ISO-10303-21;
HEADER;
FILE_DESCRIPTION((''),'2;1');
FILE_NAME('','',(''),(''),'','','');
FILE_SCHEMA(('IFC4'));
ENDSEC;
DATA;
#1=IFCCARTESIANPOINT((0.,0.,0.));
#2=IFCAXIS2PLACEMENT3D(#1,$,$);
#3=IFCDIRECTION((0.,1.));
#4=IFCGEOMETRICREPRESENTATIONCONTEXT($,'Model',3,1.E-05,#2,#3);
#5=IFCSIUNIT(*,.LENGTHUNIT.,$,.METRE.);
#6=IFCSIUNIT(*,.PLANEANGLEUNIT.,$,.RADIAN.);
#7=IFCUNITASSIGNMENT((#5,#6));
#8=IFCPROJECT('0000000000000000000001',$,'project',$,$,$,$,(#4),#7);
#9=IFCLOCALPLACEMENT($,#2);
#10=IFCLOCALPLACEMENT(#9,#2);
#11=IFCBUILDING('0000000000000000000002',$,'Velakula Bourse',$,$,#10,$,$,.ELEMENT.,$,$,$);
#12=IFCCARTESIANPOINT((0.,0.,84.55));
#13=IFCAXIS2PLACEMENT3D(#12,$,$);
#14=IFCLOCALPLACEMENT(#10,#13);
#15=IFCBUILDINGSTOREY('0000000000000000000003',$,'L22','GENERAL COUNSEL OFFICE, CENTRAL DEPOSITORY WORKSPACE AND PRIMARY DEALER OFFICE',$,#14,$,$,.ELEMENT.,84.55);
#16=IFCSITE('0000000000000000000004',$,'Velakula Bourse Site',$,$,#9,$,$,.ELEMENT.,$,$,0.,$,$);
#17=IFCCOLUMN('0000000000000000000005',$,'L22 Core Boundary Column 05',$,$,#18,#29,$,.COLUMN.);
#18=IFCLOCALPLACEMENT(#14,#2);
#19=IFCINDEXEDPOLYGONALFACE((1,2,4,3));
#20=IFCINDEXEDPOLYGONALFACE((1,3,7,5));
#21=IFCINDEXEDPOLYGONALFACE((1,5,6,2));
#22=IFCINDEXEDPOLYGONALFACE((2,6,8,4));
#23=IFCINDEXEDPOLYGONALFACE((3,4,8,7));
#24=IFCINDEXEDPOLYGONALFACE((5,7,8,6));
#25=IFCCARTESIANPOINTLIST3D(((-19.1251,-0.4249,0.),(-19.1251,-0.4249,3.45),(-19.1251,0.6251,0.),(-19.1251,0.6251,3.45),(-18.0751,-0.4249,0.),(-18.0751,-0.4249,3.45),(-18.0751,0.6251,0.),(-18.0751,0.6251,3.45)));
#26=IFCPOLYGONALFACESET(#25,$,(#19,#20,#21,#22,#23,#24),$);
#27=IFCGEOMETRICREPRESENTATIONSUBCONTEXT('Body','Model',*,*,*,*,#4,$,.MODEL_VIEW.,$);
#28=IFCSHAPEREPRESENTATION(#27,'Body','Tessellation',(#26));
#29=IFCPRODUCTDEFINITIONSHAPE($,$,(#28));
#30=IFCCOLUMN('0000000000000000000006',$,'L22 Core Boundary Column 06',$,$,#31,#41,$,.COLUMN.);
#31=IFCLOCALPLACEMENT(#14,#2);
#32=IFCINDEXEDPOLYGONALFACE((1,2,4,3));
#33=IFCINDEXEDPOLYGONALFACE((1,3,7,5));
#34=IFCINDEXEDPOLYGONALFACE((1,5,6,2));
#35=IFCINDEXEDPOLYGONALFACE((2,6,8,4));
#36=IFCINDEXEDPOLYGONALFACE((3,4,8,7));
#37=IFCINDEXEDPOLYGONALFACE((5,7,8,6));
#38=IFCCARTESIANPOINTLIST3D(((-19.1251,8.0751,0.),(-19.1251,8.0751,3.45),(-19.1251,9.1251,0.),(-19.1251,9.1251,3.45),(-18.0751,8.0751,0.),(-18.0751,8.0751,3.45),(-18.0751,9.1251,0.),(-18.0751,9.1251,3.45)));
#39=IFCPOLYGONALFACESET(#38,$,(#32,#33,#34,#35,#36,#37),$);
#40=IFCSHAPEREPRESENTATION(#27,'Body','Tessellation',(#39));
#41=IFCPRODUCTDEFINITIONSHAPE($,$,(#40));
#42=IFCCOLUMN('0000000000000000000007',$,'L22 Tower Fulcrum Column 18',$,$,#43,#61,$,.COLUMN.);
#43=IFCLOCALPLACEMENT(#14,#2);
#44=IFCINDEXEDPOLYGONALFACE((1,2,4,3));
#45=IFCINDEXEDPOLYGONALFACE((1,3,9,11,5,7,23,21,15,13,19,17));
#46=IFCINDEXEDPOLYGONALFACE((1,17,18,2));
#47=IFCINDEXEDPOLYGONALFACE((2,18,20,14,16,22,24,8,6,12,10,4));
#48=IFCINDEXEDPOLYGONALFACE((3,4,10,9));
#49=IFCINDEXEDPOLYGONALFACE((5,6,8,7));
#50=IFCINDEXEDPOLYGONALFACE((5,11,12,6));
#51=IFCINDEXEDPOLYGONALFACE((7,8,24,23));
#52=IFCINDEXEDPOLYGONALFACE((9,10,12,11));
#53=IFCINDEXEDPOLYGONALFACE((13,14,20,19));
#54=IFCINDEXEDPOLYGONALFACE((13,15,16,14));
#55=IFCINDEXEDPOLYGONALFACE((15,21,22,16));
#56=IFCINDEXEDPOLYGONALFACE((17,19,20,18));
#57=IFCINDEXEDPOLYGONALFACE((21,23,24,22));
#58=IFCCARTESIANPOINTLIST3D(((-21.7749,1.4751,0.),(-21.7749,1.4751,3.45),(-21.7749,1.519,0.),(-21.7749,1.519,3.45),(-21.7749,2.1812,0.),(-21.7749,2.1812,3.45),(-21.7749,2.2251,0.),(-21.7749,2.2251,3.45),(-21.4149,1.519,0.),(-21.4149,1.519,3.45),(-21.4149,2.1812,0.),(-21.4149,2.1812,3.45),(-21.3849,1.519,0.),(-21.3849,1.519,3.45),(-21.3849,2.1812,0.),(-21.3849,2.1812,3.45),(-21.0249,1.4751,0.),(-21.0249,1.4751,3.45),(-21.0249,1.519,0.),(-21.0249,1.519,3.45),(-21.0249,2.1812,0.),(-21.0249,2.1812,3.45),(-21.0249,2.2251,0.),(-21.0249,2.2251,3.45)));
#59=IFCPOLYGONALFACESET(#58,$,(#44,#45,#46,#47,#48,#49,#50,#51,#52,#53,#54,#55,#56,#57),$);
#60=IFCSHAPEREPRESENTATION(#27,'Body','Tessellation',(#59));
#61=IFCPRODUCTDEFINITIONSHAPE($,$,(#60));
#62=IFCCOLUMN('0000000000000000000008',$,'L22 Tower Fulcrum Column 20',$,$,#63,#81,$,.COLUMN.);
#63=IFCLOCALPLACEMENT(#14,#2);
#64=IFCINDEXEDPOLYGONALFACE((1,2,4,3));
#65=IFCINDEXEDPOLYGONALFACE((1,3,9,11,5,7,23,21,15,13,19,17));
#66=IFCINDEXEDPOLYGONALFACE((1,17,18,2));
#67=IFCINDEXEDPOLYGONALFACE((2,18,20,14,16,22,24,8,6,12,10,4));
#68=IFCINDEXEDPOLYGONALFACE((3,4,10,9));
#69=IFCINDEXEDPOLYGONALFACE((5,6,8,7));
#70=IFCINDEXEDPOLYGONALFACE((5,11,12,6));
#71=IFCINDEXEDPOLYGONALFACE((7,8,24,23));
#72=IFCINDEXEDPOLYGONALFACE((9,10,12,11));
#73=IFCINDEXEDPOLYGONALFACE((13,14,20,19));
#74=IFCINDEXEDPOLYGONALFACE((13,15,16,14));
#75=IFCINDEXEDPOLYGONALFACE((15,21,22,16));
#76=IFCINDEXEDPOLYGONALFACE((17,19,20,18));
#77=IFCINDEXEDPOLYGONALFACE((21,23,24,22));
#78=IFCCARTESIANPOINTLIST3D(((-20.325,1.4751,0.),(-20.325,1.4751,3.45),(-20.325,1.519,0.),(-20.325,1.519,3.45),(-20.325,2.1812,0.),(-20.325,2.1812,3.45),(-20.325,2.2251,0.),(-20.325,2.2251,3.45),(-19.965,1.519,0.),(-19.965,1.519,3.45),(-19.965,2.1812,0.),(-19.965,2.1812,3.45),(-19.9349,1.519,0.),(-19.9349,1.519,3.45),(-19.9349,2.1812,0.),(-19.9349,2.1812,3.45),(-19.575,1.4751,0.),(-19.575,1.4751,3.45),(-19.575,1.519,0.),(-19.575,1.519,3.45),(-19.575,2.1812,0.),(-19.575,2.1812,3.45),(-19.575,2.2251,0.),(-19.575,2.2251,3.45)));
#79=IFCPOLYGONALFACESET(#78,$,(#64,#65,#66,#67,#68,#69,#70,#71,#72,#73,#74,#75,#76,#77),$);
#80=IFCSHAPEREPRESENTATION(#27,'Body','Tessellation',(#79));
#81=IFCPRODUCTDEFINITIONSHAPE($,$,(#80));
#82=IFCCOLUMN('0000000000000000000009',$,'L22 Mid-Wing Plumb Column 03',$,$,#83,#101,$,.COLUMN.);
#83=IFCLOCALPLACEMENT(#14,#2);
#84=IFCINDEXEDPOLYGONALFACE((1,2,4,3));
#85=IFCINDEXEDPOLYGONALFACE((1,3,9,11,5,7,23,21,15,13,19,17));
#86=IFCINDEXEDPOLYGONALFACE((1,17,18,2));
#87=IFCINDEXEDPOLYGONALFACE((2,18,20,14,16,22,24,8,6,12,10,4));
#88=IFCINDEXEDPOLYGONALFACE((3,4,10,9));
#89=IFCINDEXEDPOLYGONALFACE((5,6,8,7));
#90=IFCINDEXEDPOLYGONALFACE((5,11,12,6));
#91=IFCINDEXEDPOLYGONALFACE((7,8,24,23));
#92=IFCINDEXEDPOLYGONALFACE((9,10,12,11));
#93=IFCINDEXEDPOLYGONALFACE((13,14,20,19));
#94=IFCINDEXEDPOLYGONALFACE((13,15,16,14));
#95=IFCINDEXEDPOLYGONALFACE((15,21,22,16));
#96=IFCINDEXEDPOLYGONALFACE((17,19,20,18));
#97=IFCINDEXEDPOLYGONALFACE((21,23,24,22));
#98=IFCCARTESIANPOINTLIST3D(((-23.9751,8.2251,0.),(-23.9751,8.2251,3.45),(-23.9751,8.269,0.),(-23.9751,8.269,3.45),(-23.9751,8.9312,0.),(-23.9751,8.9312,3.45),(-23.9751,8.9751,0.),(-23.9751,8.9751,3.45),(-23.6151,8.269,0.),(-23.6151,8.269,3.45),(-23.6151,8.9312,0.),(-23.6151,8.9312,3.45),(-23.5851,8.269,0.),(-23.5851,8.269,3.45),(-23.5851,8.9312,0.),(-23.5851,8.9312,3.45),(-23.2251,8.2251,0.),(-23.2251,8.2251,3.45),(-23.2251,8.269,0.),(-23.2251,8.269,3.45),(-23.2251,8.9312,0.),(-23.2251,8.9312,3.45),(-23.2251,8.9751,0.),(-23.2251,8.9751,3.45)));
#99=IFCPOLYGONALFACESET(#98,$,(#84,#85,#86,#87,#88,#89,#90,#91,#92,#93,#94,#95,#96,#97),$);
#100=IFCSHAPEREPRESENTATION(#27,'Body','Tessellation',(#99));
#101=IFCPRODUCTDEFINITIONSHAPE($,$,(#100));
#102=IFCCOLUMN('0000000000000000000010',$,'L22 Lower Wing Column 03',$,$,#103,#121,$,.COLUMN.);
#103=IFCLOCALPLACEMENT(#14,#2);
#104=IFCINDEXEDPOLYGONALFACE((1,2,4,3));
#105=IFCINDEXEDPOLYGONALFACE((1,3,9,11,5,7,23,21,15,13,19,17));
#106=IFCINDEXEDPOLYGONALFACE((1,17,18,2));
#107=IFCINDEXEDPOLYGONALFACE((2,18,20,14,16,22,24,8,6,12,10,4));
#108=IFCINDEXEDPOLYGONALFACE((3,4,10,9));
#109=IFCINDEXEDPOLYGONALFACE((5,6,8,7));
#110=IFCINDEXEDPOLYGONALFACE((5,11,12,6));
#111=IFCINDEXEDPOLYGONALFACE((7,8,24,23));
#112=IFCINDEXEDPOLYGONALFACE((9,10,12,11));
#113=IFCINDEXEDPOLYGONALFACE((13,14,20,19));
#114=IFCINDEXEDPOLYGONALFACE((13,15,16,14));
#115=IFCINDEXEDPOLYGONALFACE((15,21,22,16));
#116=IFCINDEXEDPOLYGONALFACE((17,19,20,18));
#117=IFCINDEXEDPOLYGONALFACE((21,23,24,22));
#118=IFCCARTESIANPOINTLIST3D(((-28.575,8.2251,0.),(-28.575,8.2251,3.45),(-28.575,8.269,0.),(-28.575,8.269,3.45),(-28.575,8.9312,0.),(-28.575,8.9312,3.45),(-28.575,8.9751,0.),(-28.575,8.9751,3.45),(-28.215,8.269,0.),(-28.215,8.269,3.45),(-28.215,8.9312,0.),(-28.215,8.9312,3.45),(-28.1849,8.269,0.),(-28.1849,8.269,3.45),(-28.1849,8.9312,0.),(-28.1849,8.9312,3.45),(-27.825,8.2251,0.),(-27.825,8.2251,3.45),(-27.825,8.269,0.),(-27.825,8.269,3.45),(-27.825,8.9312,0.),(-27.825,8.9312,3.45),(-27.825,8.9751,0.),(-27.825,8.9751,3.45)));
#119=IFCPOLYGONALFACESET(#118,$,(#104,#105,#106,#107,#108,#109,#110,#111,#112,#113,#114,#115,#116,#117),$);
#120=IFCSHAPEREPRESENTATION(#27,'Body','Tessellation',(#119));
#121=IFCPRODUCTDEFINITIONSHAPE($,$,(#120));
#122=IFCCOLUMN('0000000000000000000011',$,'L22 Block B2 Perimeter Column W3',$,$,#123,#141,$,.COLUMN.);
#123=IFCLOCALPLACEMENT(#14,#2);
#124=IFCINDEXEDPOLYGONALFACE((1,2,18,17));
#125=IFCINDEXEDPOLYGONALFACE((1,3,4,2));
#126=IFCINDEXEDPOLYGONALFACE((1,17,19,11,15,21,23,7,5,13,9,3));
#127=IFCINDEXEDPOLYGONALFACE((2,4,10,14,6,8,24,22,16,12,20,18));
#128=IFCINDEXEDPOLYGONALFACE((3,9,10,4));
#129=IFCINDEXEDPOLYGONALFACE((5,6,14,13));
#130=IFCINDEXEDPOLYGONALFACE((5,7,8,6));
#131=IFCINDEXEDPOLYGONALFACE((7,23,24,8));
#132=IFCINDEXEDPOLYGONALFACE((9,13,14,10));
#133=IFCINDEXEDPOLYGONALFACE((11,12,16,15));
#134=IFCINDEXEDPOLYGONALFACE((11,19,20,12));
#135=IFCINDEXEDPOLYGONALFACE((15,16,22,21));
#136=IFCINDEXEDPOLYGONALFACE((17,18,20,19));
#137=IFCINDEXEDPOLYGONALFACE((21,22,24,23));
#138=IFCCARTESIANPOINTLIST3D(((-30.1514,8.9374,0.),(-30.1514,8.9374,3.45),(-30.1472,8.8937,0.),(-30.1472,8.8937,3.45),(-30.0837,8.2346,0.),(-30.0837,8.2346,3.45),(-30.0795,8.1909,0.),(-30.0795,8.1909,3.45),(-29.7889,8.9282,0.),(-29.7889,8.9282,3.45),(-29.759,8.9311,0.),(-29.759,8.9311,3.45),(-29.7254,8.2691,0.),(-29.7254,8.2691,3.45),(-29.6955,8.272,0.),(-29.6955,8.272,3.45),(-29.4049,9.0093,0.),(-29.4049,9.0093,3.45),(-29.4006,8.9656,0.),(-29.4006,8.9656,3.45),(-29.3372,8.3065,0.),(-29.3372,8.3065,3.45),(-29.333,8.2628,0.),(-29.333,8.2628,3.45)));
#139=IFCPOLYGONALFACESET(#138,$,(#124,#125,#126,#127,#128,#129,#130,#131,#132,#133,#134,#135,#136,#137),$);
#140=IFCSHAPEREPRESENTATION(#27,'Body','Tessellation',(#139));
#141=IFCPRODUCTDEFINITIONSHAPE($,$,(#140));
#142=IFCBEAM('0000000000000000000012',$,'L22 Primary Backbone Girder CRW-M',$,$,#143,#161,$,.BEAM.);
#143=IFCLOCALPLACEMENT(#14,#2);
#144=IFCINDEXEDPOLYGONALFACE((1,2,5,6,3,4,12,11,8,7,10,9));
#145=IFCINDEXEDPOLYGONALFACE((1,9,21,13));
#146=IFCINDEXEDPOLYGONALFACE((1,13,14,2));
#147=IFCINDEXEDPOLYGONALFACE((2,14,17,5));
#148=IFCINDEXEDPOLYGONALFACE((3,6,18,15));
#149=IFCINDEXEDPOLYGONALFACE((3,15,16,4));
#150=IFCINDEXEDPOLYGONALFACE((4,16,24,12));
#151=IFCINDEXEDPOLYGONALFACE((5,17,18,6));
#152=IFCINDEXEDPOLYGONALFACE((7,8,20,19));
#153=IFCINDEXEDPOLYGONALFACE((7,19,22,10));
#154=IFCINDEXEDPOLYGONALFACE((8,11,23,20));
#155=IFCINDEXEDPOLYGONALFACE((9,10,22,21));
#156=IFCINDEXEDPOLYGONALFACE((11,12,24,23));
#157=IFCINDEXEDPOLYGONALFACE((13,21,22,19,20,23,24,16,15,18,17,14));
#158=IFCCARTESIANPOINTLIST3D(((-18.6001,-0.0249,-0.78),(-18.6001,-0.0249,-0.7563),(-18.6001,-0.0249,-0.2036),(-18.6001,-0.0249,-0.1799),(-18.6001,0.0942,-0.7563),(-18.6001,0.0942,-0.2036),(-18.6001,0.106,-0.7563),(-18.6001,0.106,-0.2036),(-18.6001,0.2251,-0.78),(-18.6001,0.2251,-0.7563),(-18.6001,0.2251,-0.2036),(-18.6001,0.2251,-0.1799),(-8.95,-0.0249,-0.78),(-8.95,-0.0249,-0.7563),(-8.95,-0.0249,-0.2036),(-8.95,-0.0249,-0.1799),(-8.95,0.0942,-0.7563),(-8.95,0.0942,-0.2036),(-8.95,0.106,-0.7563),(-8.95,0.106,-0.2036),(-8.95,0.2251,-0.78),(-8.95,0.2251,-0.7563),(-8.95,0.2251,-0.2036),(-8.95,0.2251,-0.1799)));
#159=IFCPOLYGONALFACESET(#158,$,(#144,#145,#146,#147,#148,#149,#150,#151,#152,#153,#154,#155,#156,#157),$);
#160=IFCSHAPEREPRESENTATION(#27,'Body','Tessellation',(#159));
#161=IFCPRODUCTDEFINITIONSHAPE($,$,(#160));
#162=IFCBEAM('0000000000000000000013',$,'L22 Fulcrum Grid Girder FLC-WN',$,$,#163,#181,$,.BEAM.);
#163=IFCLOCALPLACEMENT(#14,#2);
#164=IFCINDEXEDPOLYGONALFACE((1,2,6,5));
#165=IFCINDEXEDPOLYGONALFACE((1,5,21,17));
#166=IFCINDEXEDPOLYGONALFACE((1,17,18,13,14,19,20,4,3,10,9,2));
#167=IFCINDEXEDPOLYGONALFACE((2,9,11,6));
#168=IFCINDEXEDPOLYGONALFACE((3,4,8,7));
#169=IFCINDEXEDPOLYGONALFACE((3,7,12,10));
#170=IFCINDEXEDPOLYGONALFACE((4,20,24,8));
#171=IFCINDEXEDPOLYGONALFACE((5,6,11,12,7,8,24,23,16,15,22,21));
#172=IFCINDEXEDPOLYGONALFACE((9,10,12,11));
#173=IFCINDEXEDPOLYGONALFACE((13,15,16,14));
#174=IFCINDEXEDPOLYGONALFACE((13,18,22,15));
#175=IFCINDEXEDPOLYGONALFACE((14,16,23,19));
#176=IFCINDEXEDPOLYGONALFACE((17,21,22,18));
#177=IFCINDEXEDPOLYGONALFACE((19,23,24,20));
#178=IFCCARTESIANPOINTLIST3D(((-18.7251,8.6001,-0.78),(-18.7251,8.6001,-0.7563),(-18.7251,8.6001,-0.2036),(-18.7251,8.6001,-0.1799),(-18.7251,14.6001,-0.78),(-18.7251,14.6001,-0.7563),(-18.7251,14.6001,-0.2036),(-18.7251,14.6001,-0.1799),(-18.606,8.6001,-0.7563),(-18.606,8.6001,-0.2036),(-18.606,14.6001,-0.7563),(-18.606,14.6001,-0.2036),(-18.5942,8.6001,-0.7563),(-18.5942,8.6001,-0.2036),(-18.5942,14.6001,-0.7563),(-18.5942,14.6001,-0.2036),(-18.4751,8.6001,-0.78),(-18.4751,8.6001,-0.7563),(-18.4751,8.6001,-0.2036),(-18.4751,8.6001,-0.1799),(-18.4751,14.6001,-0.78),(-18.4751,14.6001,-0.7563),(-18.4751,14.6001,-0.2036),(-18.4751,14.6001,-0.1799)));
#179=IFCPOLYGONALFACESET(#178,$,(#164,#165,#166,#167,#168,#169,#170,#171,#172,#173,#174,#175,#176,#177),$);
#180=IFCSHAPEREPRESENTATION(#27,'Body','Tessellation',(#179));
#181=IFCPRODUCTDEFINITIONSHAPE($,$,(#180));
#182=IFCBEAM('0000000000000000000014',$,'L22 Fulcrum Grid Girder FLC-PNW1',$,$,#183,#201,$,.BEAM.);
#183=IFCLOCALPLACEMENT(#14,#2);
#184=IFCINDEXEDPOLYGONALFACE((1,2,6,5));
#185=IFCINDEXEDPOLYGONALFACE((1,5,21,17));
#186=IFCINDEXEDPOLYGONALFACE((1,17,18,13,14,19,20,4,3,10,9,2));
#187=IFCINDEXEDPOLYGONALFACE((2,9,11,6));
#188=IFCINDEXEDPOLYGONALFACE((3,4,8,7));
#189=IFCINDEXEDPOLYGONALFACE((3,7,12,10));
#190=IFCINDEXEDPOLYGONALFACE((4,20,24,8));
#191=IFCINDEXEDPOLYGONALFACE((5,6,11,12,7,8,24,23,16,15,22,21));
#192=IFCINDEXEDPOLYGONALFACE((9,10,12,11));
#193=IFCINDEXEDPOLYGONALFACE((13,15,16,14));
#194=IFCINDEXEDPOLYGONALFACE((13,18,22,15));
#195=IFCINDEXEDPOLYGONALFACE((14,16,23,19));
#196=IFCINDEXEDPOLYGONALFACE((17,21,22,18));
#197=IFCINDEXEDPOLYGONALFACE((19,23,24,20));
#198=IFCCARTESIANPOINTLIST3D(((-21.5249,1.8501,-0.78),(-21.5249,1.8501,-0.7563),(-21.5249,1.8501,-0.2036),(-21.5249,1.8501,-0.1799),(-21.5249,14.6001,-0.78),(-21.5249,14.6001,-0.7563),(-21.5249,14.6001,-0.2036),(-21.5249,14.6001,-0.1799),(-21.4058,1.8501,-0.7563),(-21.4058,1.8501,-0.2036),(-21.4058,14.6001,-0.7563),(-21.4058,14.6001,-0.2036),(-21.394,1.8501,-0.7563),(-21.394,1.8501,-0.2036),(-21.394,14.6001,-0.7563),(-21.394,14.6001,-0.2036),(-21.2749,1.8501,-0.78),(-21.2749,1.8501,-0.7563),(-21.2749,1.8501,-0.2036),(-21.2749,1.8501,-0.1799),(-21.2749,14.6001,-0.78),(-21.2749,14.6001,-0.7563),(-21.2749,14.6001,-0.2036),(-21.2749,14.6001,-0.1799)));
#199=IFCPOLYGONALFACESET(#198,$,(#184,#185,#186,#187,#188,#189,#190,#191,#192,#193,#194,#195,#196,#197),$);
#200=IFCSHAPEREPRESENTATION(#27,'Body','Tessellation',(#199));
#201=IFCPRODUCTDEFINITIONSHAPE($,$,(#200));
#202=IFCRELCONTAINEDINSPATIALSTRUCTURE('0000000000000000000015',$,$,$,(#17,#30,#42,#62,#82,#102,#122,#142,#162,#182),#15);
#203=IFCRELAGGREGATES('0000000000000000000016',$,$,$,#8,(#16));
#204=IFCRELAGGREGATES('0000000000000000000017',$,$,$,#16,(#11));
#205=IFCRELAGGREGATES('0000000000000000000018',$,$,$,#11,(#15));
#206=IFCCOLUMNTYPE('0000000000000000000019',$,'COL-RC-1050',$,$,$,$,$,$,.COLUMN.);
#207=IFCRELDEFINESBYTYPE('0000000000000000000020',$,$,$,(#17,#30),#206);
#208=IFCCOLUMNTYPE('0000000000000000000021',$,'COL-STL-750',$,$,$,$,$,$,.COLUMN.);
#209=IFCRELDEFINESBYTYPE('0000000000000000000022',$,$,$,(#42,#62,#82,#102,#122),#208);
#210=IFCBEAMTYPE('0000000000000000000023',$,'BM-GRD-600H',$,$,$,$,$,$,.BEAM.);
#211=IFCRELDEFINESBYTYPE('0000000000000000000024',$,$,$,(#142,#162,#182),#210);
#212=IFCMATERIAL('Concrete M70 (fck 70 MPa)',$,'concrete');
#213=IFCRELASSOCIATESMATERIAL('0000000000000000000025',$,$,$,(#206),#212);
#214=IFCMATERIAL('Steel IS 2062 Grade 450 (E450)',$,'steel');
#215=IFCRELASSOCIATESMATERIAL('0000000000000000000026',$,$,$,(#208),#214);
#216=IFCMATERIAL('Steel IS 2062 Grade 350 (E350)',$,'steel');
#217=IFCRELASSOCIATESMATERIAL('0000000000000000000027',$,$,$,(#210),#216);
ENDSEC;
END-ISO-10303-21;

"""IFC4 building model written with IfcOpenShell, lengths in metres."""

from ifc_helpers import new_model, si_unit, direction, frame, origin, origin_2d, place, context, subcontext, project, spatial, rectangle, i_section, extrude, material, material_profile, profile_set, type_object, element, save


model = new_model("IFC4")

# Units and contexts
model_context = context("Model", 3, precision=1e-05, world=origin(), true_north=direction((0.0, 1.0)))
body_context = subcontext(model_context, "Body", "Model", "MODEL_VIEW")
ifc_project = project(units=[si_unit("LENGTHUNIT", "METRE"), si_unit("PLANEANGLEUNIT", "RADIAN")], contexts=[model_context])

# Site, building, storey
site_placement = place(None, origin())
site = spatial("IfcSite", under=ifc_project, at=site_placement, Name="Velakula Bourse Site", CompositionType="ELEMENT", RefElevation=0.0)
building_placement = place(site_placement, origin())
building = spatial("IfcBuilding", under=site, at=building_placement, Name="Velakula Bourse", CompositionType="ELEMENT")
storey_placement = place(building_placement, frame((0.0, 0.0, 84.55)))
storey = spatial("IfcBuildingStorey", under=building, at=storey_placement, Name="L22", Description="GENERAL COUNSEL OFFICE, CENTRAL DEPOSITORY WORKSPACE AND PRIMARY DEALER OFFICE", CompositionType="ELEMENT", Elevation=84.55)

# Columns
ifc_material_1 = material(Name="Concrete M70 (fck 70 MPa)", Category="concrete")
ifc_material_profile_1 = material_profile(ifc_material_1, rectangle(XDim=1.05, YDim=1.05, at=origin_2d()), Name="Concrete M70 (fck 70 MPa)")
ifc_profile_set_1 = profile_set([ifc_material_profile_1], Name="Concrete M70 (fck 70 MPa)")
column_type_1 = type_object("IfcColumnType", Name="COL-RC-1050", PredefinedType="COLUMN", material=ifc_profile_set_1)
for number, where, z_axis, x_axis, name in (
    (1, (-18.6001, 0.1001, 0.0), (0.0, 0.0, 1.0), (1.0, 0.0, 0.0), "L22 Core Boundary Column 05"),
    (2, (-18.6001, 8.6001, 0.0), (0.0, 0.0, 1.0), (1.0, 0.0, 0.0), "L22 Core Boundary Column 06"),
):
    element("IfcColumn", number, at=place(storey_placement, frame(where, z_axis=z_axis, x_axis=x_axis)), inside=storey, type_object=column_type_1, Name=name, PredefinedType="COLUMN", context=body_context, shape_type="SweptSolid", body=[
        extrude(rectangle(XDim=1.05, YDim=1.05, at=origin_2d()), origin(), (0.0, 0.0, 1.0), 3.45),
    ])
ifc_material_2 = material(Name="Steel IS 2062 Grade 450 (E450)", Category="steel")
ifc_material_profile_2 = material_profile(ifc_material_2, i_section(OverallWidth=0.75, OverallDepth=0.75, WebThickness=0.03, FlangeThickness=0.0439, at=origin_2d()), Name="Steel IS 2062 Grade 450 (E450)")
ifc_profile_set_2 = profile_set([ifc_material_profile_2], Name="Steel IS 2062 Grade 450 (E450)")
column_type_2 = type_object("IfcColumnType", Name="COL-STL-750", PredefinedType="COLUMN", material=ifc_profile_set_2)
for number, where, z_axis, x_axis, name in (
    (3, (-21.3999, 1.8501, 0.0), (0.0, 0.0, 1.0), (1.0, 0.0, 0.0), "L22 Tower Fulcrum Column 18"),
    (4, (-19.95, 1.8501, 0.0), (0.0, 0.0, 1.0), (1.0, 0.0, 0.0), "L22 Tower Fulcrum Column 20"),
    (5, (-23.6001, 8.6001, 0.0), (0.0, 0.0, 1.0), (1.0, 0.0, 0.0), "L22 Mid-Wing Plumb Column 03"),
    (6, (-28.2, 8.6001, 0.0), (0.0, 0.0, 1.0), (1.0, 0.0, 0.0), "L22 Lower Wing Column 03"),
    (7, (-29.7422, 8.6001, 0.0), (0.0, 0.0, 1.0), (0.995396, 0.095846, 0.0), "L22 Block B2 Perimeter Column W3"),
):
    element("IfcColumn", number, at=place(storey_placement, frame(where, z_axis=z_axis, x_axis=x_axis)), inside=storey, type_object=column_type_2, Name=name, PredefinedType="COLUMN", context=body_context, shape_type="SweptSolid", body=[
        extrude(i_section(OverallWidth=0.75, OverallDepth=0.75, WebThickness=0.03, FlangeThickness=0.0439, at=origin_2d()), origin(), (0.0, 0.0, 1.0), 3.45),
    ])

# Beams
ifc_material_3 = material(Name="Steel IS 2062 Grade 350 (E350)", Category="steel")
ifc_material_profile_3 = material_profile(ifc_material_3, i_section(OverallWidth=0.25, OverallDepth=0.6001, WebThickness=0.0117, FlangeThickness=0.0237, at=origin_2d()), Name="Steel IS 2062 Grade 350 (E350)")
ifc_profile_set_3 = profile_set([ifc_material_profile_3], Name="Steel IS 2062 Grade 350 (E350)")
beam_type_1 = type_object("IfcBeamType", Name="BM-GRD-600H", PredefinedType="BEAM", material=ifc_profile_set_3)
beam_1_placement = place(storey_placement, frame((-18.6001, 0.1001, -0.48), z_axis=(1.0, 0.0, 0.0), x_axis=(0.0, 1.0, 0.0)))
element("IfcBeam", 8, at=beam_1_placement, inside=storey, type_object=beam_type_1, Name="L22 Primary Backbone Girder CRW-M", PredefinedType="BEAM", context=body_context, shape_type="SweptSolid", body=[
    extrude(i_section(OverallWidth=0.25, OverallDepth=0.6001, WebThickness=0.0117, FlangeThickness=0.0237, at=origin_2d()), origin(), (0.0, 0.0, 1.0), 9.6501),
])
beam_2_placement = place(storey_placement, frame((-18.6001, 8.6001, -0.48), z_axis=(0.0, 1.0, 0.0), x_axis=(-1.0, 0.0, 0.0)))
element("IfcBeam", 9, at=beam_2_placement, inside=storey, type_object=beam_type_1, Name="L22 Fulcrum Grid Girder FLC-WN", PredefinedType="BEAM", context=body_context, shape_type="SweptSolid", body=[
    extrude(i_section(OverallWidth=0.25, OverallDepth=0.6001, WebThickness=0.0117, FlangeThickness=0.0237, at=origin_2d()), origin(), (0.0, 0.0, 1.0), 6.0),
])
for number, where, z_axis, x_axis, name in (
    (10, (-21.3999, 1.8501, -0.48), (0.0, 1.0, 0.0), (-1.0, 0.0, 0.0), "L22 Fulcrum Grid Girder FLC-PNW1"),
):
    element("IfcBeam", number, at=place(storey_placement, frame(where, z_axis=z_axis, x_axis=x_axis)), inside=storey, type_object=beam_type_1, Name=name, PredefinedType="BEAM", context=body_context, shape_type="SweptSolid", body=[
        extrude(i_section(OverallWidth=0.25, OverallDepth=0.6001, WebThickness=0.0117, FlangeThickness=0.0237, at=origin_2d()), origin(), (0.0, 0.0, 1.0), 12.75),
    ])

save(model, "model.ifc")
